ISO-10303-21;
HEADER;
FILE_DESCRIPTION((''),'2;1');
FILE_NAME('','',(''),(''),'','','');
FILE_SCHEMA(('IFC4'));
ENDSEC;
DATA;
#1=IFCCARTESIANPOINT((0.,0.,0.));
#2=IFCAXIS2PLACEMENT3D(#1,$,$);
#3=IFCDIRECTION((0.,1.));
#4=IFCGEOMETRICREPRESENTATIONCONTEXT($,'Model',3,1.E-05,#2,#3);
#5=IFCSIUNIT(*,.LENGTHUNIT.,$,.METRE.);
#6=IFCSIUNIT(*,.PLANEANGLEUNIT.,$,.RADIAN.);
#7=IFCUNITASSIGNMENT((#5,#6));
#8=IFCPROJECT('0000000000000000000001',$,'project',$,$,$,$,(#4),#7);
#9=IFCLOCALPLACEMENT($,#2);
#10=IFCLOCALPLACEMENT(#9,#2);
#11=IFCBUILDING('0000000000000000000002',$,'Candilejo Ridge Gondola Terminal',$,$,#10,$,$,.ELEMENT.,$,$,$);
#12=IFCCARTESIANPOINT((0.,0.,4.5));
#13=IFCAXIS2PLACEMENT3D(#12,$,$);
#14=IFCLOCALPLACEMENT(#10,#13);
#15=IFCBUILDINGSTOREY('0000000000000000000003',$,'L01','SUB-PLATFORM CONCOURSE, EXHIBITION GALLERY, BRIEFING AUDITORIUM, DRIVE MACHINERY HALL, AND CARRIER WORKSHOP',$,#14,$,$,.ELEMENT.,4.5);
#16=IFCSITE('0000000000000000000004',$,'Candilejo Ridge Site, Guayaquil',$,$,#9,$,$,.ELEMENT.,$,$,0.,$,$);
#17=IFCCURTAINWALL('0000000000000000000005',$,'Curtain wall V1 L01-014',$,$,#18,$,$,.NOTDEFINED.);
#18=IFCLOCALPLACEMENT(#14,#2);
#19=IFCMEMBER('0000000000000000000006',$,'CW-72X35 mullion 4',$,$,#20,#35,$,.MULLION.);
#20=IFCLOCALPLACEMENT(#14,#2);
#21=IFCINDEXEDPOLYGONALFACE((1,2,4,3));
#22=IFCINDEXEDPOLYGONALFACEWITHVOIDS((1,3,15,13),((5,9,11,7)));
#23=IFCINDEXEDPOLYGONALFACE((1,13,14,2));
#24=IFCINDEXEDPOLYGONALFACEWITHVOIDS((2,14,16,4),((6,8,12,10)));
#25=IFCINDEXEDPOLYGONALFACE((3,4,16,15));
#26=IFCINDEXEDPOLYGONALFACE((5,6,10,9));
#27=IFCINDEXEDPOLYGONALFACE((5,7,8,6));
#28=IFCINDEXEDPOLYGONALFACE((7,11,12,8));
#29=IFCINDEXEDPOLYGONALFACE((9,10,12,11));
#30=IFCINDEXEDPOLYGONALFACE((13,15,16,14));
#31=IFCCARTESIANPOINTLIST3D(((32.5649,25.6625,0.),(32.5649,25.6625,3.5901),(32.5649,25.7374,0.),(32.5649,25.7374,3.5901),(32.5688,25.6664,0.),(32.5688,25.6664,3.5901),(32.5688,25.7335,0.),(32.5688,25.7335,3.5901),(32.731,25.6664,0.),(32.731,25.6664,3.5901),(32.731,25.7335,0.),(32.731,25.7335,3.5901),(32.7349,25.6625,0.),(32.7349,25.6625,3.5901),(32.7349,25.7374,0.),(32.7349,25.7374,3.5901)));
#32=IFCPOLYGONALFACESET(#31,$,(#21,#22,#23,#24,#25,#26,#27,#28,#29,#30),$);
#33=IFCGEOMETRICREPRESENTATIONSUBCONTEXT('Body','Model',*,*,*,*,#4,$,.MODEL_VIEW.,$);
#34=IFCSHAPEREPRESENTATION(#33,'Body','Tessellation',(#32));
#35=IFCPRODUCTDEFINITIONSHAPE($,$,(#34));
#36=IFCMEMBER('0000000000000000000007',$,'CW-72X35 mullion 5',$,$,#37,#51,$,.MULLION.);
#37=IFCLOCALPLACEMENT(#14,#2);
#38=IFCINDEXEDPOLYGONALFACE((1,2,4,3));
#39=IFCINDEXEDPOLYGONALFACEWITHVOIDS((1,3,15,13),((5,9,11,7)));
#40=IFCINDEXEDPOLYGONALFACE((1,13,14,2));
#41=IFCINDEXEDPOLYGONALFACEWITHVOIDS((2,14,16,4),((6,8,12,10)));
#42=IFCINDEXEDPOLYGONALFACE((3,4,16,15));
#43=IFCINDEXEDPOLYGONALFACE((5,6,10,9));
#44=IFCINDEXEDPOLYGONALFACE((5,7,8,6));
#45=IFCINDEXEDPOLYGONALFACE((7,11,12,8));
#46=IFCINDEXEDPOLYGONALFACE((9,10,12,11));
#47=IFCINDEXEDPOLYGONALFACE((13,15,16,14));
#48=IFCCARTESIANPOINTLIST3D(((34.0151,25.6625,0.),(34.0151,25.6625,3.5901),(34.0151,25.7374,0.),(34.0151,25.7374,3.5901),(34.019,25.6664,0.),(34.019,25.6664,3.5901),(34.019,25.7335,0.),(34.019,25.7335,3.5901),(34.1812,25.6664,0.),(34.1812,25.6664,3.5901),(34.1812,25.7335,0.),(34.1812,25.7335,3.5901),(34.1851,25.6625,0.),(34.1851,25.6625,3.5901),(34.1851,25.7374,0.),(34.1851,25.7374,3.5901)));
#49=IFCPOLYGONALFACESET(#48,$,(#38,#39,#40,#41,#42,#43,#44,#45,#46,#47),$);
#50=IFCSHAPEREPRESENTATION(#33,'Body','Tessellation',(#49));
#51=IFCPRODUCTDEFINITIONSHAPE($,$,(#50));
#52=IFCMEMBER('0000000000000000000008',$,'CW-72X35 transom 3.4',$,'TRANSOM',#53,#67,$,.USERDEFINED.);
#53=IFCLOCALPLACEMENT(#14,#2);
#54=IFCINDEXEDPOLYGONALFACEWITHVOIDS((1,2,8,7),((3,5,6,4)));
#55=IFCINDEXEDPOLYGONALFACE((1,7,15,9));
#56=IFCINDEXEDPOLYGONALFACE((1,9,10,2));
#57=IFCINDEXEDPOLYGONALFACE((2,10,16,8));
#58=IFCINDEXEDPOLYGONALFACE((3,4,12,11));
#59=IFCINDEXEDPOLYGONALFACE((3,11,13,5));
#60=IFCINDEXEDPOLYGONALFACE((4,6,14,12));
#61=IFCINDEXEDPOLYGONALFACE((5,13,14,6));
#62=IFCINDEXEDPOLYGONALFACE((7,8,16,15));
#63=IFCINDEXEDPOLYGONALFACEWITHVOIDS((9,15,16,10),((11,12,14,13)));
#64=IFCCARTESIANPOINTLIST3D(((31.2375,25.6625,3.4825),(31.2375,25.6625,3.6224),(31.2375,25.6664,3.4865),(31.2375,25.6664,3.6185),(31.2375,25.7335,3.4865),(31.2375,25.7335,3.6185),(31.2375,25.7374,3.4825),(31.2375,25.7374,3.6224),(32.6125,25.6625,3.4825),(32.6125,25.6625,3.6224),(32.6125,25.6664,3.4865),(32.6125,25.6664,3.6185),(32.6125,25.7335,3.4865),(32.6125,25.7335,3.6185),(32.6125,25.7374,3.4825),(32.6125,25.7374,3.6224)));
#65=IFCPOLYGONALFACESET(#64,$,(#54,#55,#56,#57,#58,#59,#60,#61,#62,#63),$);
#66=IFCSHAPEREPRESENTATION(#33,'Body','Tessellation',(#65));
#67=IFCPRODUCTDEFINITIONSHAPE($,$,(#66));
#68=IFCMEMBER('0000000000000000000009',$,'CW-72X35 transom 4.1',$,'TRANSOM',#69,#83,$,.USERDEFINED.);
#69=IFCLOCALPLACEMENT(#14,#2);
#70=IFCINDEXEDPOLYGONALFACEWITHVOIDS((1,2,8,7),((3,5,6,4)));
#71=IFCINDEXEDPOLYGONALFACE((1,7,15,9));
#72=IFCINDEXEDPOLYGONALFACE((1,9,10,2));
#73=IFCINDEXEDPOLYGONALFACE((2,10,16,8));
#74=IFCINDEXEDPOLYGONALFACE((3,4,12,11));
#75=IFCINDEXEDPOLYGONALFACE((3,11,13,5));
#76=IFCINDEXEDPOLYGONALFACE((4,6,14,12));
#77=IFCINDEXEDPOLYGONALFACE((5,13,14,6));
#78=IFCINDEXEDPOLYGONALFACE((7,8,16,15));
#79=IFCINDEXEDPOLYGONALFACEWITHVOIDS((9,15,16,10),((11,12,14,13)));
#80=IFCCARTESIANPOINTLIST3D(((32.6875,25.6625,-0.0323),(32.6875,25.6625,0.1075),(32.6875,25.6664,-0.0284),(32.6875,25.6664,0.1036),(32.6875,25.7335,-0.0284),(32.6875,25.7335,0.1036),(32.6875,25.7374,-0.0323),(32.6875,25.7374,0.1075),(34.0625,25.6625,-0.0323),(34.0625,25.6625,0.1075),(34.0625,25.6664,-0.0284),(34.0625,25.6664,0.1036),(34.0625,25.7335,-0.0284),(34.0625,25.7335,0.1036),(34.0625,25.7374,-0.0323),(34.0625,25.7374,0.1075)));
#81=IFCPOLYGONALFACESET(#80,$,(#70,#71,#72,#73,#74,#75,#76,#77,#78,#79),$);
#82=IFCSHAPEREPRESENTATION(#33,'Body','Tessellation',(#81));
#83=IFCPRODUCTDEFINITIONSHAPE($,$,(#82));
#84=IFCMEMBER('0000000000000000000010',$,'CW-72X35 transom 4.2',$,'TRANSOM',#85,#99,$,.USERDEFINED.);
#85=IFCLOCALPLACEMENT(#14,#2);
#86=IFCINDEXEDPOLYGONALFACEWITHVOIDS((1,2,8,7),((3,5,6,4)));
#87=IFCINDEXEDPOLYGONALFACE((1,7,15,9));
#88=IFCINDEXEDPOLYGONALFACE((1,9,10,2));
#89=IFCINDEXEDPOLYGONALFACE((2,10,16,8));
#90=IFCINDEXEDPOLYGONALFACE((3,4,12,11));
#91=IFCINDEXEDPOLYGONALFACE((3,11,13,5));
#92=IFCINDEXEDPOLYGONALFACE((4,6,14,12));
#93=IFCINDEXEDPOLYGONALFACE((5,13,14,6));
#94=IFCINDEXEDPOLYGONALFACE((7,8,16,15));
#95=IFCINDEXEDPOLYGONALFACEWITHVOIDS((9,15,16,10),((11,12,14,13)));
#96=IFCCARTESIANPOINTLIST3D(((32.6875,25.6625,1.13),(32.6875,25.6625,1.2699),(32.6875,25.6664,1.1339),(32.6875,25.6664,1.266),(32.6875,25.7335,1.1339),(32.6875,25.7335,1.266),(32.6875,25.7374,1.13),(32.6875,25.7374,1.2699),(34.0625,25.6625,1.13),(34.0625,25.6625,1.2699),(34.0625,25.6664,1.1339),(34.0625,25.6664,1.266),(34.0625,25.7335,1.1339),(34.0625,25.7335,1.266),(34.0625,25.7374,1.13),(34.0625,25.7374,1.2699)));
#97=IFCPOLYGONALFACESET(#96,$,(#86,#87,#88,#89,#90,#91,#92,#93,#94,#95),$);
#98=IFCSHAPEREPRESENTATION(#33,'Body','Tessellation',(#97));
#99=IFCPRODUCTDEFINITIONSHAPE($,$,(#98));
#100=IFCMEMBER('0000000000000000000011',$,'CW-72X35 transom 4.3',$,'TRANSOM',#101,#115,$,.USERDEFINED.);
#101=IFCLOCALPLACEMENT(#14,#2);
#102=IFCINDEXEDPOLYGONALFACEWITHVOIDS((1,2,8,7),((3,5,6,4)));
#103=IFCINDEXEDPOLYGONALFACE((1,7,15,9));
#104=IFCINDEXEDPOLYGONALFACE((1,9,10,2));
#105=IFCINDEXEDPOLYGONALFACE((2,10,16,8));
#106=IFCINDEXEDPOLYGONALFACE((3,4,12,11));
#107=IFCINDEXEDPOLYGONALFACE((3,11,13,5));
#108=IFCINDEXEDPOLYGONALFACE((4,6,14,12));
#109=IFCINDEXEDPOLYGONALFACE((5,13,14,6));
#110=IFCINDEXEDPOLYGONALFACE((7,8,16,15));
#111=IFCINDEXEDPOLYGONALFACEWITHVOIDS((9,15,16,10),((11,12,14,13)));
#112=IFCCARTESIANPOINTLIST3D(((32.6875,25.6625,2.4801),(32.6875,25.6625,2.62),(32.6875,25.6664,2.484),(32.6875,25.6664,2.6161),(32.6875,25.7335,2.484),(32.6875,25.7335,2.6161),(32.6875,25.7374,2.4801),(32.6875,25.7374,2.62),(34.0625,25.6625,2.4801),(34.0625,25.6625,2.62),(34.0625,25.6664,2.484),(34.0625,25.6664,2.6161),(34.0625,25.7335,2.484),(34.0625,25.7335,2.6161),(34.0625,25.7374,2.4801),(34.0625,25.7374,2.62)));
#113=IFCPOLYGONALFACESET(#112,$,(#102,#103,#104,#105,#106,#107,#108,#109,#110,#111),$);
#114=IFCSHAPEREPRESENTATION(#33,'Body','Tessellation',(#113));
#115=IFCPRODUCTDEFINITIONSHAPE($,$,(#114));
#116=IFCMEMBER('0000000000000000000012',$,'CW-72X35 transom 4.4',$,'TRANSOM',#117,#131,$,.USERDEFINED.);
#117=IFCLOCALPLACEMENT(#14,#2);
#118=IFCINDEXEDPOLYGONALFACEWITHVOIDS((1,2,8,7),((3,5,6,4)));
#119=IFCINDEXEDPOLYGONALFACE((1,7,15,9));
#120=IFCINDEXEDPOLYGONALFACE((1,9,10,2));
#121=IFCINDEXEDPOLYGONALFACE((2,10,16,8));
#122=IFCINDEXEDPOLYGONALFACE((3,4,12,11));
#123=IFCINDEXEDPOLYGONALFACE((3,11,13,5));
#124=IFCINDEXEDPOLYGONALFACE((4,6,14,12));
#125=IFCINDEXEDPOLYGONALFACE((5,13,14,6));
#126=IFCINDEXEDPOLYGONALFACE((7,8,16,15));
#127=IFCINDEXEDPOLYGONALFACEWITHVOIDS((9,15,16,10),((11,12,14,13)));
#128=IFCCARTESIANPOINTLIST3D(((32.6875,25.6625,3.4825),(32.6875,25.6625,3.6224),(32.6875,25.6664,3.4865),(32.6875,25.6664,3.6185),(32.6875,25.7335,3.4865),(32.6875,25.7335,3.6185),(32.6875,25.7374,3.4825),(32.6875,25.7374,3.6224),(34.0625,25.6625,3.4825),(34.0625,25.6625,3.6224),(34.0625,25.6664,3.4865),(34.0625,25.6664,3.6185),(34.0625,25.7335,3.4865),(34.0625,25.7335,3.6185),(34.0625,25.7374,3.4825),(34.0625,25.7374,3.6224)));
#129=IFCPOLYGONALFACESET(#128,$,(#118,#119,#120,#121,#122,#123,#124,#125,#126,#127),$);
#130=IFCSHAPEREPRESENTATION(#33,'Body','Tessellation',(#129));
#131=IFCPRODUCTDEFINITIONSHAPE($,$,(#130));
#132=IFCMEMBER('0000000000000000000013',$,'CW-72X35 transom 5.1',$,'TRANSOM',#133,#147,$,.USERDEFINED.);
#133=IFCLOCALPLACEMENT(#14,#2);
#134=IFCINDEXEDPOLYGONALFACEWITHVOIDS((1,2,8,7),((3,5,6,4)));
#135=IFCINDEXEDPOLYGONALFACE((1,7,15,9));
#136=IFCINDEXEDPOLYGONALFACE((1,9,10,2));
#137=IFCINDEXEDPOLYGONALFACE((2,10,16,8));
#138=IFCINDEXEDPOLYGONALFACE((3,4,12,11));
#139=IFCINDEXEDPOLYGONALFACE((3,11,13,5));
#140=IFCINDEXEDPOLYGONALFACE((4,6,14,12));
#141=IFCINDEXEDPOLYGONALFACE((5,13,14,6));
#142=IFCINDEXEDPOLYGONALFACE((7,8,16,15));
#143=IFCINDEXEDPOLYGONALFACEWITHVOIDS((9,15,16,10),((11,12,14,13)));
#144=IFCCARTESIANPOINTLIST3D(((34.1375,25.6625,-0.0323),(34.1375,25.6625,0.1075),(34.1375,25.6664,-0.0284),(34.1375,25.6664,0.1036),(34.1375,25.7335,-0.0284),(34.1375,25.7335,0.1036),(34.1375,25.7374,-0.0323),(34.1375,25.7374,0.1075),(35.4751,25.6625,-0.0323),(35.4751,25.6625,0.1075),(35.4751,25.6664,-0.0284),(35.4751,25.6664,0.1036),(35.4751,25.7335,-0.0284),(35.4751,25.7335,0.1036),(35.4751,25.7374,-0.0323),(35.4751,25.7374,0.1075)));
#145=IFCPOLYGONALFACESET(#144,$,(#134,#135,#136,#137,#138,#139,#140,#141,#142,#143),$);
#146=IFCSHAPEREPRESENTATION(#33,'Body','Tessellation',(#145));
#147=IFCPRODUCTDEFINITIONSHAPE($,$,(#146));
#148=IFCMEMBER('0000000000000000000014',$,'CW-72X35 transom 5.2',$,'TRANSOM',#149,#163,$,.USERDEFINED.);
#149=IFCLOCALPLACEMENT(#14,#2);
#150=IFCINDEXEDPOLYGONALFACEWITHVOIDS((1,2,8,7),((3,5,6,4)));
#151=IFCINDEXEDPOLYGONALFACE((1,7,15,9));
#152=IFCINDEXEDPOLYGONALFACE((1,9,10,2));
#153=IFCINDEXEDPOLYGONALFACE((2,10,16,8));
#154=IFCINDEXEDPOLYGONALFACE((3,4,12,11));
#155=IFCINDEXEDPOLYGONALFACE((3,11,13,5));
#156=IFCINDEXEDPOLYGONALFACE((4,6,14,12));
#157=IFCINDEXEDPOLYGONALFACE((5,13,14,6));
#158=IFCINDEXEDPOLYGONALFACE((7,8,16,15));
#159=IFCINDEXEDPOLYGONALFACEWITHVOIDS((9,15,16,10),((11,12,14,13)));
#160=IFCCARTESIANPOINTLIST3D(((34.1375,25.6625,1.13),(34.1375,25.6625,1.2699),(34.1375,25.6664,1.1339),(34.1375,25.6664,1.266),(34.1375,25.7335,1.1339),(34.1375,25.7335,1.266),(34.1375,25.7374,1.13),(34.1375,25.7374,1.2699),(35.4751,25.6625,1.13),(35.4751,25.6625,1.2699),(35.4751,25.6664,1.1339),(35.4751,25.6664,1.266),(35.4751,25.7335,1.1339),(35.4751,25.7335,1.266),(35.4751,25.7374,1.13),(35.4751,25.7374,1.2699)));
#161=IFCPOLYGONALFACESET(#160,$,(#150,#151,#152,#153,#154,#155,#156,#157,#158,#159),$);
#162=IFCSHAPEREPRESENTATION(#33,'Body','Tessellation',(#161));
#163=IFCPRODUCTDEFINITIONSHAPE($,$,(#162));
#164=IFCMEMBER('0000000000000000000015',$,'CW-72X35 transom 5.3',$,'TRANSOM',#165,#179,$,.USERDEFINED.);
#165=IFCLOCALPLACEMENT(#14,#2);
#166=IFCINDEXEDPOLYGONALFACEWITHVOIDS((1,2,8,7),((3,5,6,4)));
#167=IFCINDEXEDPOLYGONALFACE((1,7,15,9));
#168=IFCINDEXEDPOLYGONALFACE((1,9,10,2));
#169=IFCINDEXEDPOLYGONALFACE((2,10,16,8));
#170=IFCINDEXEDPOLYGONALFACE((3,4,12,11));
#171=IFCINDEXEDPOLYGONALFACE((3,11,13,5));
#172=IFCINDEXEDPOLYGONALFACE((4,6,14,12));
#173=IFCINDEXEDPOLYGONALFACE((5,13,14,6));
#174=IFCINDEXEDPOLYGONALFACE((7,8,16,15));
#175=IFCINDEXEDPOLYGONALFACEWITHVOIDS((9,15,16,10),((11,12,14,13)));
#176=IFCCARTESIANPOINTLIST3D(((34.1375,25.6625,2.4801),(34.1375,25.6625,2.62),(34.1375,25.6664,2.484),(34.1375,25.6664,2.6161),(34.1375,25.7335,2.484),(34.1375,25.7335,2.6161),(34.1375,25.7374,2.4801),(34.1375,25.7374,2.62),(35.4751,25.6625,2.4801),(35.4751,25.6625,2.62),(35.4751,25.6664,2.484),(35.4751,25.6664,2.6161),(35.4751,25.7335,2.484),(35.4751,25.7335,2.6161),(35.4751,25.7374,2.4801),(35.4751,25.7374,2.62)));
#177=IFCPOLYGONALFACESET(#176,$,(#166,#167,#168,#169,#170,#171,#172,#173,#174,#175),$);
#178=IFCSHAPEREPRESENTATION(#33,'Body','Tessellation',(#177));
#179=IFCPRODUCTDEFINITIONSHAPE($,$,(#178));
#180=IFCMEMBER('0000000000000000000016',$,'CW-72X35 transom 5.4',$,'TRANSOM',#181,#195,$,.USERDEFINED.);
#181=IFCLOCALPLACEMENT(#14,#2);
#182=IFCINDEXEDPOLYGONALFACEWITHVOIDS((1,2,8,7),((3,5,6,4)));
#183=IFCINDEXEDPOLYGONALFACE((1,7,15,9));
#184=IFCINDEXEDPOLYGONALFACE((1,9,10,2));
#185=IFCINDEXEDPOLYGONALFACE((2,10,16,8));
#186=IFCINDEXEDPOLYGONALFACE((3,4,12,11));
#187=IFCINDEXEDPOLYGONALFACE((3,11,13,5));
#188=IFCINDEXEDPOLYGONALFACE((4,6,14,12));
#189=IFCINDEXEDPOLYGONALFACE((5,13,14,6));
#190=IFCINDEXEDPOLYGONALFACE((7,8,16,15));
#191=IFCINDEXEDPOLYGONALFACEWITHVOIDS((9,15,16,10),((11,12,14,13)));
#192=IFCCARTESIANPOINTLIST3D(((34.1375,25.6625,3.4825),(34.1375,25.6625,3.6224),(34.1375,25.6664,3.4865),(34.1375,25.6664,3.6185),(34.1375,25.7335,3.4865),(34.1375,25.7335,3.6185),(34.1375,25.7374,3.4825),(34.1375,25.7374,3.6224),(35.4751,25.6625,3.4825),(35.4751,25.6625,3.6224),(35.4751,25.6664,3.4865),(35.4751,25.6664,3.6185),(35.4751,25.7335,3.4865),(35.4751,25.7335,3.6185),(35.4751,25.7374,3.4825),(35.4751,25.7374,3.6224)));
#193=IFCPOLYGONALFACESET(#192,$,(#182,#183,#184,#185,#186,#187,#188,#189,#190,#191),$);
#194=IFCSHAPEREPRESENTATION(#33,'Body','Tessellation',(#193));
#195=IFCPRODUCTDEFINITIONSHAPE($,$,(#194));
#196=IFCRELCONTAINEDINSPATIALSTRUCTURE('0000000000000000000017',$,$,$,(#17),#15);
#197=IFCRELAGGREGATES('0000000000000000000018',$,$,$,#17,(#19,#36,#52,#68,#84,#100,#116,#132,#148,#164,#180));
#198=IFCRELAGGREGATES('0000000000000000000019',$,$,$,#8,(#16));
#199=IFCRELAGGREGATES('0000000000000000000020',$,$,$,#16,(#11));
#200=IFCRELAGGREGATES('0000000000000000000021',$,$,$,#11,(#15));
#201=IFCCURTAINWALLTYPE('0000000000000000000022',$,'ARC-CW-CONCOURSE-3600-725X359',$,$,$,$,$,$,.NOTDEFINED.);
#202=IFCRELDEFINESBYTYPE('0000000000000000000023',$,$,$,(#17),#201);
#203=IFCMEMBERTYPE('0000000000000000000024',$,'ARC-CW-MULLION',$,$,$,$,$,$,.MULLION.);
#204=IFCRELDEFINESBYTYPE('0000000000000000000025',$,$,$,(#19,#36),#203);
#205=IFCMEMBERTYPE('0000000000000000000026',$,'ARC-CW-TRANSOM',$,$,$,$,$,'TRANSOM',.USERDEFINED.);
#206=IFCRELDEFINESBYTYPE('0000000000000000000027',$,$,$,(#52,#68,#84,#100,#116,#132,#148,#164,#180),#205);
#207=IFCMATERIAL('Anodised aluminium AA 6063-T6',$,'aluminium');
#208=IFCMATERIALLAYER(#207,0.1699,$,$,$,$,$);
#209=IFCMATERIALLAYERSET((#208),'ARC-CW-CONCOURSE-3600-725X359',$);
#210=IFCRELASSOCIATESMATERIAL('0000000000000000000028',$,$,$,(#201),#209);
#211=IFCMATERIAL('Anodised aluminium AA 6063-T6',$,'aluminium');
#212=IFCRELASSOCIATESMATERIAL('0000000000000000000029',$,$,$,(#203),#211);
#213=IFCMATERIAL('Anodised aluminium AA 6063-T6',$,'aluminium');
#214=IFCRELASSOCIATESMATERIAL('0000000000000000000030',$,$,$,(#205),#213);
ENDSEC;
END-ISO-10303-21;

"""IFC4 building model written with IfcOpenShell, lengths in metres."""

from ifc_helpers import new_model, si_unit, direction, frame, origin, origin_2d, place, context, subcontext, project, spatial, hollow_rectangle, extrude, material, layer, layer_set, material_profile, profile_set, type_object, element, aggregate, save


model = new_model("IFC4")

# Units and contexts
model_context = context("Model", 3, precision=1e-05, world=origin(), true_north=direction((0.0, 1.0)))
body_context = subcontext(model_context, "Body", "Model", "MODEL_VIEW")
ifc_project = project(units=[si_unit("LENGTHUNIT", "METRE"), si_unit("PLANEANGLEUNIT", "RADIAN")], contexts=[model_context])

# Site, building, storey
site_placement = place(None, origin())
site = spatial("IfcSite", under=ifc_project, at=site_placement, Name="Candilejo Ridge Site, Guayaquil", CompositionType="ELEMENT", RefElevation=0.0)
building_placement = place(site_placement, origin())
building = spatial("IfcBuilding", under=site, at=building_placement, Name="Candilejo Ridge Gondola Terminal", CompositionType="ELEMENT")
storey_placement = place(building_placement, frame((0.0, 0.0, 4.5)))
storey = spatial("IfcBuildingStorey", under=building, at=storey_placement, Name="L01", Description="SUB-PLATFORM CONCOURSE, EXHIBITION GALLERY, BRIEFING AUDITORIUM, DRIVE MACHINERY HALL, AND CARRIER WORKSHOP", CompositionType="ELEMENT", Elevation=4.5)

# Curtain wall, members
ifc_material_1 = material(Name="Anodised aluminium AA 6063-T6", Category="aluminium")
ifc_layer_1 = layer(ifc_material_1, 0.1699)
ifc_layer_set_1 = layer_set([ifc_layer_1], Name="ARC-CW-CONCOURSE-3600-725X359")
curtain_wall_type = type_object("IfcCurtainWallType", Name="ARC-CW-CONCOURSE-3600-725X359", PredefinedType="NOTDEFINED", material=ifc_layer_set_1)
curtain_wall_placement = place(storey_placement, origin())
curtain_wall = element("IfcCurtainWall", 1, at=curtain_wall_placement, inside=storey, type_object=curtain_wall_type, Name="Curtain wall V1 L01-014", PredefinedType="NOTDEFINED")
ifc_material_2 = material(Name="Anodised aluminium AA 6063-T6", Category="aluminium")
ifc_material_profile_1 = material_profile(ifc_material_2, hollow_rectangle(XDim=0.075, YDim=0.1699, WallThickness=0.0039, at=origin_2d()))
ifc_profile_set_1 = profile_set([ifc_material_profile_1], Name="Anodised aluminium AA 6063-T6")
member_type_1 = type_object("IfcMemberType", Name="ARC-CW-MULLION", PredefinedType="MULLION", material=ifc_profile_set_1)
member_1_placement = place(storey_placement, frame((32.6499, 25.7, 0.0), z_axis=(0.0, 0.0, 1.0), x_axis=(0.0, 1.0, 0.0)))
member_1 = element("IfcMember", 2, at=member_1_placement, type_object=member_type_1, Name="CW-72X35 mullion 4", PredefinedType="MULLION", context=body_context, shape_type="SweptSolid", body=[
    extrude(hollow_rectangle(XDim=0.075, YDim=0.1699, WallThickness=0.0039, at=origin_2d()), origin(), (0.0, 0.0, 1.0), 3.5901),
])
member_2_placement = place(storey_placement, frame((34.1001, 25.7, 0.0), z_axis=(0.0, 0.0, 1.0), x_axis=(0.0, 1.0, 0.0)))
member_2 = element("IfcMember", 3, at=member_2_placement, type_object=member_type_1, Name="CW-72X35 mullion 5", PredefinedType="MULLION", context=body_context, shape_type="SweptSolid", body=[
    extrude(hollow_rectangle(XDim=0.075, YDim=0.1699, WallThickness=0.0039, at=origin_2d()), origin(), (0.0, 0.0, 1.0), 3.5901),
])
ifc_material_3 = material(Name="Anodised aluminium AA 6063-T6", Category="aluminium")
ifc_material_profile_2 = material_profile(ifc_material_3, hollow_rectangle(XDim=0.075, YDim=0.1399, WallThickness=0.0039, at=origin_2d()))
ifc_profile_set_2 = profile_set([ifc_material_profile_2], Name="Anodised aluminium AA 6063-T6")
member_type_2 = type_object("IfcMemberType", Name="ARC-CW-TRANSOM", ElementType="TRANSOM", PredefinedType="USERDEFINED", material=ifc_profile_set_2)
member_3_placement = place(storey_placement, frame((31.2375, 25.7, 3.5525), z_axis=(1.0, 0.0, 0.0), x_axis=(0.0, 1.0, 0.0)))
member_3 = element("IfcMember", 4, at=member_3_placement, type_object=member_type_2, Name="CW-72X35 transom 3.4", ObjectType="TRANSOM", PredefinedType="USERDEFINED", context=body_context, shape_type="SweptSolid", body=[
    extrude(hollow_rectangle(XDim=0.075, YDim=0.1399, WallThickness=0.0039, at=origin_2d()), origin(), (0.0, 0.0, 1.0), 1.375),
])
member_4_placement = place(storey_placement, frame((32.6875, 25.7, 0.0376), z_axis=(1.0, 0.0, 0.0), x_axis=(0.0, 1.0, 0.0)))
member_4 = element("IfcMember", 5, at=member_4_placement, type_object=member_type_2, Name="CW-72X35 transom 4.1", ObjectType="TRANSOM", PredefinedType="USERDEFINED", context=body_context, shape_type="SweptSolid", body=[
    extrude(hollow_rectangle(XDim=0.075, YDim=0.1399, WallThickness=0.0039, at=origin_2d()), origin(), (0.0, 0.0, 1.0), 1.375),
])
member_5_placement = place(storey_placement, frame((32.6875, 25.7, 1.2), z_axis=(1.0, 0.0, 0.0), x_axis=(0.0, 1.0, 0.0)))
member_5 = element("IfcMember", 6, at=member_5_placement, type_object=member_type_2, Name="CW-72X35 transom 4.2", ObjectType="TRANSOM", PredefinedType="USERDEFINED", context=body_context, shape_type="SweptSolid", body=[
    extrude(hollow_rectangle(XDim=0.075, YDim=0.1399, WallThickness=0.0039, at=origin_2d()), origin(), (0.0, 0.0, 1.0), 1.375),
])
member_6_placement = place(storey_placement, frame((32.6875, 25.7, 2.55), z_axis=(1.0, 0.0, 0.0), x_axis=(0.0, 1.0, 0.0)))
member_6 = element("IfcMember", 7, at=member_6_placement, type_object=member_type_2, Name="CW-72X35 transom 4.3", ObjectType="TRANSOM", PredefinedType="USERDEFINED", context=body_context, shape_type="SweptSolid", body=[
    extrude(hollow_rectangle(XDim=0.075, YDim=0.1399, WallThickness=0.0039, at=origin_2d()), origin(), (0.0, 0.0, 1.0), 1.375),
])
member_7_placement = place(storey_placement, frame((32.6875, 25.7, 3.5525), z_axis=(1.0, 0.0, 0.0), x_axis=(0.0, 1.0, 0.0)))
member_7 = element("IfcMember", 8, at=member_7_placement, type_object=member_type_2, Name="CW-72X35 transom 4.4", ObjectType="TRANSOM", PredefinedType="USERDEFINED", context=body_context, shape_type="SweptSolid", body=[
    extrude(hollow_rectangle(XDim=0.075, YDim=0.1399, WallThickness=0.0039, at=origin_2d()), origin(), (0.0, 0.0, 1.0), 1.375),
])
member_8_placement = place(storey_placement, frame((34.1375, 25.7, 0.0376), z_axis=(1.0, 0.0, 0.0), x_axis=(0.0, 1.0, 0.0)))
member_8 = element("IfcMember", 9, at=member_8_placement, type_object=member_type_2, Name="CW-72X35 transom 5.1", ObjectType="TRANSOM", PredefinedType="USERDEFINED", context=body_context, shape_type="SweptSolid", body=[
    extrude(hollow_rectangle(XDim=0.075, YDim=0.1399, WallThickness=0.0039, at=origin_2d()), origin(), (0.0, 0.0, 1.0), 1.3376),
])
member_9_placement = place(storey_placement, frame((34.1375, 25.7, 1.2), z_axis=(1.0, 0.0, 0.0), x_axis=(0.0, 1.0, 0.0)))
member_9 = element("IfcMember", 10, at=member_9_placement, type_object=member_type_2, Name="CW-72X35 transom 5.2", ObjectType="TRANSOM", PredefinedType="USERDEFINED", context=body_context, shape_type="SweptSolid", body=[
    extrude(hollow_rectangle(XDim=0.075, YDim=0.1399, WallThickness=0.0039, at=origin_2d()), origin(), (0.0, 0.0, 1.0), 1.3376),
])
member_10_placement = place(storey_placement, frame((34.1375, 25.7, 2.55), z_axis=(1.0, 0.0, 0.0), x_axis=(0.0, 1.0, 0.0)))
member_10 = element("IfcMember", 11, at=member_10_placement, type_object=member_type_2, Name="CW-72X35 transom 5.3", ObjectType="TRANSOM", PredefinedType="USERDEFINED", context=body_context, shape_type="SweptSolid", body=[
    extrude(hollow_rectangle(XDim=0.075, YDim=0.1399, WallThickness=0.0039, at=origin_2d()), origin(), (0.0, 0.0, 1.0), 1.3376),
])
member_11_placement = place(storey_placement, frame((34.1375, 25.7, 3.5525), z_axis=(1.0, 0.0, 0.0), x_axis=(0.0, 1.0, 0.0)))
member_11 = element("IfcMember", 12, at=member_11_placement, type_object=member_type_2, Name="CW-72X35 transom 5.4", ObjectType="TRANSOM", PredefinedType="USERDEFINED", context=body_context, shape_type="SweptSolid", body=[
    extrude(hollow_rectangle(XDim=0.075, YDim=0.1399, WallThickness=0.0039, at=origin_2d()), origin(), (0.0, 0.0, 1.0), 1.3376),
])
aggregate(curtain_wall, [member_1, member_2, member_3, member_4, member_5, member_6, member_7, member_8, member_9, member_10, member_11])

save(model, "model.ifc")
